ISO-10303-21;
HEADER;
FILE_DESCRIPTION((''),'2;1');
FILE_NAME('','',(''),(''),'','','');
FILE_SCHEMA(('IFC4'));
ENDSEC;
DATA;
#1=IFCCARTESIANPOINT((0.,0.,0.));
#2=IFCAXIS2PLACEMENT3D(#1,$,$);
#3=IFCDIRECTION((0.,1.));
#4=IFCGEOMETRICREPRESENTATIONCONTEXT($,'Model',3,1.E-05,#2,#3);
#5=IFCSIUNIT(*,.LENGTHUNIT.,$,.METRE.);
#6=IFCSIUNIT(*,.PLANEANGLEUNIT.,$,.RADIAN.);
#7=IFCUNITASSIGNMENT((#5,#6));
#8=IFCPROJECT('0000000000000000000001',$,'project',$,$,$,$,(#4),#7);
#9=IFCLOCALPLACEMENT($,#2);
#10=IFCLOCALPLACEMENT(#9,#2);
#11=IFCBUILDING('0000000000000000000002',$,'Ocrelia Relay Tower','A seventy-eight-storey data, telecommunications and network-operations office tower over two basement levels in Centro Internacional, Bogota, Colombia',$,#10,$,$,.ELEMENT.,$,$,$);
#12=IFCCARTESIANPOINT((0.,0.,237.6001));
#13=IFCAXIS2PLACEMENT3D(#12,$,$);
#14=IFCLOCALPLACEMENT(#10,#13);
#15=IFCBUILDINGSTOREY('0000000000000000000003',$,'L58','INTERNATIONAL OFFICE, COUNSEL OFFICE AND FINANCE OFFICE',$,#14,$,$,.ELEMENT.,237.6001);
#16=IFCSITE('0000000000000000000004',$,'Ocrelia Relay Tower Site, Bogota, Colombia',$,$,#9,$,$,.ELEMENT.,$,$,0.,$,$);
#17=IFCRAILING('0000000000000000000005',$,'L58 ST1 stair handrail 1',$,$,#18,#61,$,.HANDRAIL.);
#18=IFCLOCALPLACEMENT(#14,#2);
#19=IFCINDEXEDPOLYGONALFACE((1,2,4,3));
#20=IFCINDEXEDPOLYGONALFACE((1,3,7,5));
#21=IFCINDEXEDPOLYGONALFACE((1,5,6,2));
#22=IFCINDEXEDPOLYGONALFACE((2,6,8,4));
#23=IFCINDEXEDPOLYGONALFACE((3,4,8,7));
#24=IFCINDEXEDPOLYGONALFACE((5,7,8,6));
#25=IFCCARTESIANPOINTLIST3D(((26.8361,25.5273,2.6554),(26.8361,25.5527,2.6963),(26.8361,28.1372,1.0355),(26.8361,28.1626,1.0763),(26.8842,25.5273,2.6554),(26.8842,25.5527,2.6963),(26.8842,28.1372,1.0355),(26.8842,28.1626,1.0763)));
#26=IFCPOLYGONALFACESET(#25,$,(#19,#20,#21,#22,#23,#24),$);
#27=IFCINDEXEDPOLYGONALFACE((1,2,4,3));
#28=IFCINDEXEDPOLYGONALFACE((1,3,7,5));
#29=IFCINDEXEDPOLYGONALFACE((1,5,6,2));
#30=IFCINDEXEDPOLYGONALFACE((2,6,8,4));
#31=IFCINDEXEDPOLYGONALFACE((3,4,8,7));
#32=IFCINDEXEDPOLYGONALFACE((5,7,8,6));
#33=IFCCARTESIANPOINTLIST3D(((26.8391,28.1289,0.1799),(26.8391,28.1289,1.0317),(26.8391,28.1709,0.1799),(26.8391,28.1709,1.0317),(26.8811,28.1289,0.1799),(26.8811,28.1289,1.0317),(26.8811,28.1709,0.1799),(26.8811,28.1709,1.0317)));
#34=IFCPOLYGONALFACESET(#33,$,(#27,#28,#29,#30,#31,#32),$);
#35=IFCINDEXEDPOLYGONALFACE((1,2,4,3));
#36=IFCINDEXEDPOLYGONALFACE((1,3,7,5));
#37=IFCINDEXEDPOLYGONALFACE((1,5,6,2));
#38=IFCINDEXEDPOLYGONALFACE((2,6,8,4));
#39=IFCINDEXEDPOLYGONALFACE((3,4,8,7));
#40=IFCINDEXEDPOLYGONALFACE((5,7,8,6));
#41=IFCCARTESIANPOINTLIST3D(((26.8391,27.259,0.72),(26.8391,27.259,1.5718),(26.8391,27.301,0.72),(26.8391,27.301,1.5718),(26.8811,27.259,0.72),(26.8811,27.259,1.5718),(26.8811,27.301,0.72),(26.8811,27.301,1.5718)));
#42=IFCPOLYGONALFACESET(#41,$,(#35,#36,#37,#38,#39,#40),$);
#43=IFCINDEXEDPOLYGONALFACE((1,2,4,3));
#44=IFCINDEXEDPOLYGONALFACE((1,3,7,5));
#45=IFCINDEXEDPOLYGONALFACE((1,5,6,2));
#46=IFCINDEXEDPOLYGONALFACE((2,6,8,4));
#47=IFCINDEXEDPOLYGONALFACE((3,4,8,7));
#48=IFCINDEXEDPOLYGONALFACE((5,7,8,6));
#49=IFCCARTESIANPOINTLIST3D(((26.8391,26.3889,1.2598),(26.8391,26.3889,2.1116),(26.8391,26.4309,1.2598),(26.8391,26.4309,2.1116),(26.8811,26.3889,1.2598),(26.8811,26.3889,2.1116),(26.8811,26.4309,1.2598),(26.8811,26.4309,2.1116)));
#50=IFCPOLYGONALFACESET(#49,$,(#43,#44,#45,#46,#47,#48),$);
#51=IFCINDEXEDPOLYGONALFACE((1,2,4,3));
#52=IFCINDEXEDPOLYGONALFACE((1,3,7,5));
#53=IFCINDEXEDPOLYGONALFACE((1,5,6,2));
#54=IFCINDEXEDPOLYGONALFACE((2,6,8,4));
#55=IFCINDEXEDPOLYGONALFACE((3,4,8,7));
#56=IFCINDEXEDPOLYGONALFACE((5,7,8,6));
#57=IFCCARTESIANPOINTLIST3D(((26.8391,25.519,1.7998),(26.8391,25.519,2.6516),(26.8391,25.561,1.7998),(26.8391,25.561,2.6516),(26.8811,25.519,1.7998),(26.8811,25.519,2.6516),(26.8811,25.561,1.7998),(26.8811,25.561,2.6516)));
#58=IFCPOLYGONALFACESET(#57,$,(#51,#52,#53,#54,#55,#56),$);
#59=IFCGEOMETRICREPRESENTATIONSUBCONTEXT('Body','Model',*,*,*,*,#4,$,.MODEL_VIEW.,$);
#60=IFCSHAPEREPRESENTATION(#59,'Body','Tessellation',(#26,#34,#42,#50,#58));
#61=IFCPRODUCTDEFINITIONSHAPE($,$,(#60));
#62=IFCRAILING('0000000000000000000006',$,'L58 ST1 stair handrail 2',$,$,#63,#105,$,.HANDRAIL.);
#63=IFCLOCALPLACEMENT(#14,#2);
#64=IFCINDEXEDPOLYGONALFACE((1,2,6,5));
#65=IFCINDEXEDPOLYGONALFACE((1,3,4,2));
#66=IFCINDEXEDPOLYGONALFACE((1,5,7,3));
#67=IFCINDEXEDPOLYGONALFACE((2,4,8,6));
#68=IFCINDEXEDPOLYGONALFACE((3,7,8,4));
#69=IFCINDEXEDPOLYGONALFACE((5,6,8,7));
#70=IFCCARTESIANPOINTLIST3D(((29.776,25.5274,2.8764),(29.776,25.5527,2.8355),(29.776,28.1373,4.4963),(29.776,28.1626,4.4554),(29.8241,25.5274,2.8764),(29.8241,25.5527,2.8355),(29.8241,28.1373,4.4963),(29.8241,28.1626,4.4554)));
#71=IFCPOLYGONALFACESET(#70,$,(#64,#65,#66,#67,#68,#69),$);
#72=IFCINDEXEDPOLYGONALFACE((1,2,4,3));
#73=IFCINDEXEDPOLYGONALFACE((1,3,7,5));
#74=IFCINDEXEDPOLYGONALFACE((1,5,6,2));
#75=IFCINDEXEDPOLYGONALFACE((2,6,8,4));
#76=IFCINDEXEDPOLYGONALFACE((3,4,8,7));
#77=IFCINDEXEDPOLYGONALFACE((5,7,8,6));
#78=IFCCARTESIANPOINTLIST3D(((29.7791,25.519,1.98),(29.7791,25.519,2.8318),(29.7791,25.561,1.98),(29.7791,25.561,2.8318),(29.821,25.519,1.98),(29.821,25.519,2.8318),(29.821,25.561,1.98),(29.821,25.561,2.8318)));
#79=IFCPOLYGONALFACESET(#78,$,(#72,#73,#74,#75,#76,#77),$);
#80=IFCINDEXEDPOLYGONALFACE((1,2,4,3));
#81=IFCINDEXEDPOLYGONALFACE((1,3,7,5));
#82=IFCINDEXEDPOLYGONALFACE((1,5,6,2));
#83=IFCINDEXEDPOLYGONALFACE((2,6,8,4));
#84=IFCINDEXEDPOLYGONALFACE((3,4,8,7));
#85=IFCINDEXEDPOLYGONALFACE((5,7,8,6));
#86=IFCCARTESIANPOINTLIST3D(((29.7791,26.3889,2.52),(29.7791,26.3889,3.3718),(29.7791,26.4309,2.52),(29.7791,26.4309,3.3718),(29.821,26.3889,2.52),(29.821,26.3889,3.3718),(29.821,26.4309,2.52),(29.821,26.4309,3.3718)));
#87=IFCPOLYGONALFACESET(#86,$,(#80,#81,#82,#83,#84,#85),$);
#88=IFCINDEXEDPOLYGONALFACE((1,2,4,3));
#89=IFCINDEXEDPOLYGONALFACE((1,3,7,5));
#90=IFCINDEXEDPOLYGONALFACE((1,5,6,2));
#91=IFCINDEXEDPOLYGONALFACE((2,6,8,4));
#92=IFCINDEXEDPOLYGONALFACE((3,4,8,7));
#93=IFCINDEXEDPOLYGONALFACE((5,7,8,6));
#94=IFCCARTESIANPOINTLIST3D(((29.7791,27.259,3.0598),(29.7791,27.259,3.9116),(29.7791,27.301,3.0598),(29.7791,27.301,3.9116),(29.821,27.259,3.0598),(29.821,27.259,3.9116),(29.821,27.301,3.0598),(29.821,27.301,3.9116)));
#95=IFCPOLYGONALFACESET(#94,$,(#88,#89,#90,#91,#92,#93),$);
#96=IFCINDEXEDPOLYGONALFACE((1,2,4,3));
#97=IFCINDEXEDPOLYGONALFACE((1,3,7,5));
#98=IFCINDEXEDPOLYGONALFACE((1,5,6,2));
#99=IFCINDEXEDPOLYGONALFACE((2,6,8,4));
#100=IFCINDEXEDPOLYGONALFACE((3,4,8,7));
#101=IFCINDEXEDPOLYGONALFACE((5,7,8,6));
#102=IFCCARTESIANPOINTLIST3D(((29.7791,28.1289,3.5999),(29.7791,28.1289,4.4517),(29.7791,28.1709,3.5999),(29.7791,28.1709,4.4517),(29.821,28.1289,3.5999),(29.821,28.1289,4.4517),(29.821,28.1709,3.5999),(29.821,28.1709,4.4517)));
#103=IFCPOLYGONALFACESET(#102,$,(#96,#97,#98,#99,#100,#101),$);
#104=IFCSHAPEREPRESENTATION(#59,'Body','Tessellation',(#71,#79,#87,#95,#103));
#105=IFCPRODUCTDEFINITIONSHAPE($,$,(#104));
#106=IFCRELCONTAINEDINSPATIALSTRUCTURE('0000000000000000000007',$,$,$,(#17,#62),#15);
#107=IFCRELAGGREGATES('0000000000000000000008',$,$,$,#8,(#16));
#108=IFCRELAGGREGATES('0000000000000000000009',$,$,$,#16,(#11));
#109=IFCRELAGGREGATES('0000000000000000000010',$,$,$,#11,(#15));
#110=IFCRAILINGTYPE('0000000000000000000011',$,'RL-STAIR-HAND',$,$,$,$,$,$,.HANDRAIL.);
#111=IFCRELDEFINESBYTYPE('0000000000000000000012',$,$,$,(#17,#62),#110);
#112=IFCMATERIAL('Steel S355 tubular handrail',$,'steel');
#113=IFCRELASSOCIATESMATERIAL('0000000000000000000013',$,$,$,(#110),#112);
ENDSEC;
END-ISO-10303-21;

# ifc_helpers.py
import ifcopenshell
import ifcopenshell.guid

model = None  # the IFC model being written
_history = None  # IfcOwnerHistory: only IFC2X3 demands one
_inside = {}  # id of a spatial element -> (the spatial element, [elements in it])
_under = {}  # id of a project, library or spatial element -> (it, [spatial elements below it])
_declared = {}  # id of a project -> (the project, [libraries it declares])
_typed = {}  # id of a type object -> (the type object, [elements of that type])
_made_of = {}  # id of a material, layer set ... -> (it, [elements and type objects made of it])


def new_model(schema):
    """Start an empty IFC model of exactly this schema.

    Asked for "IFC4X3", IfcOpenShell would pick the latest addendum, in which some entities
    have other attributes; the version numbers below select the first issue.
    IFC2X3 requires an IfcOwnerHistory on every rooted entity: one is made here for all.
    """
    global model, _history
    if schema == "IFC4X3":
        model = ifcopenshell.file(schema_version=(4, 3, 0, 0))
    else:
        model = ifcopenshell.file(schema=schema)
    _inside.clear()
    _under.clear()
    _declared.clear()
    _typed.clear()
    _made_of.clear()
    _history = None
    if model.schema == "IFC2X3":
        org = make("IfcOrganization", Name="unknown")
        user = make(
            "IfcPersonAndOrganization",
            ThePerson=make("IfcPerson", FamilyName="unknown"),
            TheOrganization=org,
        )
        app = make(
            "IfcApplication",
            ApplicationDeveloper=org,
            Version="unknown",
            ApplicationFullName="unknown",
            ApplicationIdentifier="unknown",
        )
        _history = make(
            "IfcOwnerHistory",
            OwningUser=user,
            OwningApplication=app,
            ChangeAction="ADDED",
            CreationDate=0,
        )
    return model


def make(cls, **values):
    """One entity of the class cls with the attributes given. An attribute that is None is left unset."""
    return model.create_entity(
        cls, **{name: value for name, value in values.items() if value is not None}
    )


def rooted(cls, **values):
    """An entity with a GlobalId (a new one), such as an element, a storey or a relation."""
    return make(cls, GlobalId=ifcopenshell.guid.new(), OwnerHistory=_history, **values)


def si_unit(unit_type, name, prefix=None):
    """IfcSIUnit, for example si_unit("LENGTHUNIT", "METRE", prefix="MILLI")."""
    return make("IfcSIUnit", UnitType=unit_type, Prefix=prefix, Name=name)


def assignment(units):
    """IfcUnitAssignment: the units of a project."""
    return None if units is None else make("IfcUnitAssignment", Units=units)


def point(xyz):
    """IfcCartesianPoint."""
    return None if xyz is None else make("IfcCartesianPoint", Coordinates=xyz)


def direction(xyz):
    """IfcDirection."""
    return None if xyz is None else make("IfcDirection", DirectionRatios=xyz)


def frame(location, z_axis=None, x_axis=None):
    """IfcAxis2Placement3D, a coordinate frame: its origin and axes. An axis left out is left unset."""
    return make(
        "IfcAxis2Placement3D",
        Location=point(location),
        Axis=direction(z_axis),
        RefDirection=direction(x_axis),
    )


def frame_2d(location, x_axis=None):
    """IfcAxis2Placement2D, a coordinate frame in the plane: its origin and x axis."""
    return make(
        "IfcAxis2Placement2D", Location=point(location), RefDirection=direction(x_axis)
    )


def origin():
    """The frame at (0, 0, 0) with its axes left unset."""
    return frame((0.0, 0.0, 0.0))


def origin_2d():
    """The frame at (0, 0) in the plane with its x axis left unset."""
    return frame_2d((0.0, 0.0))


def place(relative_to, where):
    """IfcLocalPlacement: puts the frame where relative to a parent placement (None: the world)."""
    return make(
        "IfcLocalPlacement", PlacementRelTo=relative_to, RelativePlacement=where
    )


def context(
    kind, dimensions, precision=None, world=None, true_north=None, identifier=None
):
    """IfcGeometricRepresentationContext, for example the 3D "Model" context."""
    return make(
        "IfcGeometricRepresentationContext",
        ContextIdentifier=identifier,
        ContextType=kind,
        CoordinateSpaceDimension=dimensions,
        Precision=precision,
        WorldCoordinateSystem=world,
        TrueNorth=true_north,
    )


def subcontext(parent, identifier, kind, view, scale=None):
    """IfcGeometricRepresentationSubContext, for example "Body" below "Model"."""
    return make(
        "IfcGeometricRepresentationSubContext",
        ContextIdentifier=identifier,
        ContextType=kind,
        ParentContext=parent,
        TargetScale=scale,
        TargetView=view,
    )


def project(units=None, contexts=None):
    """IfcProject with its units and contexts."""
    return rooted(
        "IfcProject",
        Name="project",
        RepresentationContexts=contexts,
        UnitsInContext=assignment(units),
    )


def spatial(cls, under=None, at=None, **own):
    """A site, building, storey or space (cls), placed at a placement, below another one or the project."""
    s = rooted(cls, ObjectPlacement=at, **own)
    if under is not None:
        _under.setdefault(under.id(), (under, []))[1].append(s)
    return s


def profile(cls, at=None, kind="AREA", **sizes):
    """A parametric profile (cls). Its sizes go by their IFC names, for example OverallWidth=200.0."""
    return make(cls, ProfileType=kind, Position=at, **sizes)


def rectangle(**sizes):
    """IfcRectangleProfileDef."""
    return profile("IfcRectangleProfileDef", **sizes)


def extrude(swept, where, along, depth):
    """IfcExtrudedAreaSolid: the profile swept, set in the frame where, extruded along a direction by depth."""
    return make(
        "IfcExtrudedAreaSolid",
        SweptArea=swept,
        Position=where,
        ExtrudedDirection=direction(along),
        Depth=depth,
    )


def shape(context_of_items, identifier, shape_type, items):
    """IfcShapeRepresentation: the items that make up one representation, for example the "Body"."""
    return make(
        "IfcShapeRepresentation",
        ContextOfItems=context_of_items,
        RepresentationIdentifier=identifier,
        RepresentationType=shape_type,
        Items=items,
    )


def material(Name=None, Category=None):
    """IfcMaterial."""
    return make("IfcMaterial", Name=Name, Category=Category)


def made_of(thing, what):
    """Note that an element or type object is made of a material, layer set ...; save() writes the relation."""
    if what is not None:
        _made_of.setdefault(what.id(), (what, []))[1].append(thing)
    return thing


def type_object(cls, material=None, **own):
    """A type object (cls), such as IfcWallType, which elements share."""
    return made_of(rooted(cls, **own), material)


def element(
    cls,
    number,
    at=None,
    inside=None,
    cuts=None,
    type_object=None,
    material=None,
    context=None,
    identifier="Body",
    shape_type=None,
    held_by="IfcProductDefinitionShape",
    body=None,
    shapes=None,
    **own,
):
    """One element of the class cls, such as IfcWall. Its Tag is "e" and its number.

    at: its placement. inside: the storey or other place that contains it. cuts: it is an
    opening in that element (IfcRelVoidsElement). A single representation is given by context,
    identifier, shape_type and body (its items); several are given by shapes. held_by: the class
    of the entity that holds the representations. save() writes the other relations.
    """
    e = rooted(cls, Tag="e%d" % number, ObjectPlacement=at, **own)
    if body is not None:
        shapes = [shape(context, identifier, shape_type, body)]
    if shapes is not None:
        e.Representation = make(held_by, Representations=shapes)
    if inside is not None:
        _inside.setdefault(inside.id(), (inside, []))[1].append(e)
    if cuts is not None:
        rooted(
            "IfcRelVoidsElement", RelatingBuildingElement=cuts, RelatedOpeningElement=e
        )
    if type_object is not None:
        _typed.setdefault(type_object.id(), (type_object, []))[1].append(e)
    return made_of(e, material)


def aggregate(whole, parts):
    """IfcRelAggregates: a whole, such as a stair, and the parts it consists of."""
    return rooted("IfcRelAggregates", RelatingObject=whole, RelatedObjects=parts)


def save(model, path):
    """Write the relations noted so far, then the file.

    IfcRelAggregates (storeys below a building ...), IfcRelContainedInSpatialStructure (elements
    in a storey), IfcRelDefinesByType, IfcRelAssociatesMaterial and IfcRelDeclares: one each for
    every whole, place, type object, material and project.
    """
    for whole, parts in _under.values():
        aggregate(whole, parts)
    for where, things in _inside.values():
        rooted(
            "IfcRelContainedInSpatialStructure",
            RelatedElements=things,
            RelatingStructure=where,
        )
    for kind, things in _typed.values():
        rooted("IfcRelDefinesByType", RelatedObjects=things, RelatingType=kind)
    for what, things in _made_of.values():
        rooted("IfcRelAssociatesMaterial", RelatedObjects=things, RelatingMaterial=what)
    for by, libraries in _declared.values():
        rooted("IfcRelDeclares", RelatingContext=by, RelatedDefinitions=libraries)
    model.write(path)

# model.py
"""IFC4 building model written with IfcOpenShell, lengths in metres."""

from ifc_helpers import new_model, si_unit, direction, frame, origin, origin_2d, place, context, subcontext, project, spatial, rectangle, extrude, material, type_object, element, save


model = new_model("IFC4")

# Units and contexts
model_context = context("Model", 3, precision=1e-05, world=origin(), true_north=direction((0.0, 1.0)))
body_context = subcontext(model_context, "Body", "Model", "MODEL_VIEW")
ifc_project = project(units=[si_unit("LENGTHUNIT", "METRE"), si_unit("PLANEANGLEUNIT", "RADIAN")], contexts=[model_context])

# Site, building, storey
site_placement = place(None, origin())
site = spatial("IfcSite", under=ifc_project, at=site_placement, Name="Ocrelia Relay Tower Site, Bogota, Colombia", CompositionType="ELEMENT", RefElevation=0.0)
building_placement = place(site_placement, origin())
building = spatial("IfcBuilding", under=site, at=building_placement, Name="Ocrelia Relay Tower", Description="A seventy-eight-storey data, telecommunications and network-operations office tower over two basement levels in Centro Internacional, Bogota, Colombia", CompositionType="ELEMENT")
storey_placement = place(building_placement, frame((0.0, 0.0, 237.6001)))
storey = spatial("IfcBuildingStorey", under=building, at=storey_placement, Name="L58", Description="INTERNATIONAL OFFICE, COUNSEL OFFICE AND FINANCE OFFICE", CompositionType="ELEMENT", Elevation=237.6001)

# Railings
ifc_material_1 = material(Name="Steel S355 tubular handrail", Category="steel")
railing_type_1 = type_object("IfcRailingType", Name="RL-STAIR-HAND", PredefinedType="HANDRAIL", material=ifc_material_1)
railing_1_placement = place(storey_placement, frame((26.8601, 28.1499, 0.1799)))
element("IfcRailing", 1, at=railing_1_placement, inside=storey, type_object=railing_type_1, Name="L58 ST1 stair handrail 1", PredefinedType="HANDRAIL", context=body_context, shape_type="SweptSolid", body=[
    extrude(rectangle(XDim=0.0481, YDim=0.0481, at=origin_2d()), frame((0.0, 0.0, 0.876), z_axis=(0.0, -0.849646, 0.527353), x_axis=(1.0, 0.0, 0.0)), (0.0, 0.0, 1.0), 3.0718),
    extrude(rectangle(XDim=0.042, YDim=0.042, at=origin_2d()), origin(), (0.0, 0.0, 1.0), 0.8518),
    extrude(rectangle(XDim=0.042, YDim=0.042, at=origin_2d()), frame((0.0, -0.8699, 0.54)), (0.0, 0.0, 1.0), 0.8518),
    extrude(rectangle(XDim=0.042, YDim=0.042, at=origin_2d()), frame((0.0, -1.74, 1.0798)), (0.0, 0.0, 1.0), 0.8518),
    extrude(rectangle(XDim=0.042, YDim=0.042, at=origin_2d()), frame((0.0, -2.6099, 1.6199)), (0.0, 0.0, 1.0), 0.8518),
])
railing_2_placement = place(storey_placement, frame((29.8, 25.54, 1.98)))
element("IfcRailing", 2, at=railing_2_placement, inside=storey, type_object=railing_type_1, Name="L58 ST1 stair handrail 2", PredefinedType="HANDRAIL", context=body_context, shape_type="SweptSolid", body=[
    extrude(rectangle(XDim=0.0481, YDim=0.0481, at=origin_2d()), frame((0.0, 0.0, 0.876), z_axis=(0.0, 0.849646, 0.527353), x_axis=(-1.0, 0.0, 0.0)), (0.0, 0.0, 1.0), 3.0718),
    extrude(rectangle(XDim=0.042, YDim=0.042, at=origin_2d()), origin(), (0.0, 0.0, 1.0), 0.8518),
    extrude(rectangle(XDim=0.042, YDim=0.042, at=origin_2d()), frame((0.0, 0.8699, 0.54)), (0.0, 0.0, 1.0), 0.8518),
    extrude(rectangle(XDim=0.042, YDim=0.042, at=origin_2d()), frame((0.0, 1.74, 1.0798)), (0.0, 0.0, 1.0), 0.8518),
    extrude(rectangle(XDim=0.042, YDim=0.042, at=origin_2d()), frame((0.0, 2.6099, 1.6199)), (0.0, 0.0, 1.0), 0.8518),
])

save(model, "model.ifc")
